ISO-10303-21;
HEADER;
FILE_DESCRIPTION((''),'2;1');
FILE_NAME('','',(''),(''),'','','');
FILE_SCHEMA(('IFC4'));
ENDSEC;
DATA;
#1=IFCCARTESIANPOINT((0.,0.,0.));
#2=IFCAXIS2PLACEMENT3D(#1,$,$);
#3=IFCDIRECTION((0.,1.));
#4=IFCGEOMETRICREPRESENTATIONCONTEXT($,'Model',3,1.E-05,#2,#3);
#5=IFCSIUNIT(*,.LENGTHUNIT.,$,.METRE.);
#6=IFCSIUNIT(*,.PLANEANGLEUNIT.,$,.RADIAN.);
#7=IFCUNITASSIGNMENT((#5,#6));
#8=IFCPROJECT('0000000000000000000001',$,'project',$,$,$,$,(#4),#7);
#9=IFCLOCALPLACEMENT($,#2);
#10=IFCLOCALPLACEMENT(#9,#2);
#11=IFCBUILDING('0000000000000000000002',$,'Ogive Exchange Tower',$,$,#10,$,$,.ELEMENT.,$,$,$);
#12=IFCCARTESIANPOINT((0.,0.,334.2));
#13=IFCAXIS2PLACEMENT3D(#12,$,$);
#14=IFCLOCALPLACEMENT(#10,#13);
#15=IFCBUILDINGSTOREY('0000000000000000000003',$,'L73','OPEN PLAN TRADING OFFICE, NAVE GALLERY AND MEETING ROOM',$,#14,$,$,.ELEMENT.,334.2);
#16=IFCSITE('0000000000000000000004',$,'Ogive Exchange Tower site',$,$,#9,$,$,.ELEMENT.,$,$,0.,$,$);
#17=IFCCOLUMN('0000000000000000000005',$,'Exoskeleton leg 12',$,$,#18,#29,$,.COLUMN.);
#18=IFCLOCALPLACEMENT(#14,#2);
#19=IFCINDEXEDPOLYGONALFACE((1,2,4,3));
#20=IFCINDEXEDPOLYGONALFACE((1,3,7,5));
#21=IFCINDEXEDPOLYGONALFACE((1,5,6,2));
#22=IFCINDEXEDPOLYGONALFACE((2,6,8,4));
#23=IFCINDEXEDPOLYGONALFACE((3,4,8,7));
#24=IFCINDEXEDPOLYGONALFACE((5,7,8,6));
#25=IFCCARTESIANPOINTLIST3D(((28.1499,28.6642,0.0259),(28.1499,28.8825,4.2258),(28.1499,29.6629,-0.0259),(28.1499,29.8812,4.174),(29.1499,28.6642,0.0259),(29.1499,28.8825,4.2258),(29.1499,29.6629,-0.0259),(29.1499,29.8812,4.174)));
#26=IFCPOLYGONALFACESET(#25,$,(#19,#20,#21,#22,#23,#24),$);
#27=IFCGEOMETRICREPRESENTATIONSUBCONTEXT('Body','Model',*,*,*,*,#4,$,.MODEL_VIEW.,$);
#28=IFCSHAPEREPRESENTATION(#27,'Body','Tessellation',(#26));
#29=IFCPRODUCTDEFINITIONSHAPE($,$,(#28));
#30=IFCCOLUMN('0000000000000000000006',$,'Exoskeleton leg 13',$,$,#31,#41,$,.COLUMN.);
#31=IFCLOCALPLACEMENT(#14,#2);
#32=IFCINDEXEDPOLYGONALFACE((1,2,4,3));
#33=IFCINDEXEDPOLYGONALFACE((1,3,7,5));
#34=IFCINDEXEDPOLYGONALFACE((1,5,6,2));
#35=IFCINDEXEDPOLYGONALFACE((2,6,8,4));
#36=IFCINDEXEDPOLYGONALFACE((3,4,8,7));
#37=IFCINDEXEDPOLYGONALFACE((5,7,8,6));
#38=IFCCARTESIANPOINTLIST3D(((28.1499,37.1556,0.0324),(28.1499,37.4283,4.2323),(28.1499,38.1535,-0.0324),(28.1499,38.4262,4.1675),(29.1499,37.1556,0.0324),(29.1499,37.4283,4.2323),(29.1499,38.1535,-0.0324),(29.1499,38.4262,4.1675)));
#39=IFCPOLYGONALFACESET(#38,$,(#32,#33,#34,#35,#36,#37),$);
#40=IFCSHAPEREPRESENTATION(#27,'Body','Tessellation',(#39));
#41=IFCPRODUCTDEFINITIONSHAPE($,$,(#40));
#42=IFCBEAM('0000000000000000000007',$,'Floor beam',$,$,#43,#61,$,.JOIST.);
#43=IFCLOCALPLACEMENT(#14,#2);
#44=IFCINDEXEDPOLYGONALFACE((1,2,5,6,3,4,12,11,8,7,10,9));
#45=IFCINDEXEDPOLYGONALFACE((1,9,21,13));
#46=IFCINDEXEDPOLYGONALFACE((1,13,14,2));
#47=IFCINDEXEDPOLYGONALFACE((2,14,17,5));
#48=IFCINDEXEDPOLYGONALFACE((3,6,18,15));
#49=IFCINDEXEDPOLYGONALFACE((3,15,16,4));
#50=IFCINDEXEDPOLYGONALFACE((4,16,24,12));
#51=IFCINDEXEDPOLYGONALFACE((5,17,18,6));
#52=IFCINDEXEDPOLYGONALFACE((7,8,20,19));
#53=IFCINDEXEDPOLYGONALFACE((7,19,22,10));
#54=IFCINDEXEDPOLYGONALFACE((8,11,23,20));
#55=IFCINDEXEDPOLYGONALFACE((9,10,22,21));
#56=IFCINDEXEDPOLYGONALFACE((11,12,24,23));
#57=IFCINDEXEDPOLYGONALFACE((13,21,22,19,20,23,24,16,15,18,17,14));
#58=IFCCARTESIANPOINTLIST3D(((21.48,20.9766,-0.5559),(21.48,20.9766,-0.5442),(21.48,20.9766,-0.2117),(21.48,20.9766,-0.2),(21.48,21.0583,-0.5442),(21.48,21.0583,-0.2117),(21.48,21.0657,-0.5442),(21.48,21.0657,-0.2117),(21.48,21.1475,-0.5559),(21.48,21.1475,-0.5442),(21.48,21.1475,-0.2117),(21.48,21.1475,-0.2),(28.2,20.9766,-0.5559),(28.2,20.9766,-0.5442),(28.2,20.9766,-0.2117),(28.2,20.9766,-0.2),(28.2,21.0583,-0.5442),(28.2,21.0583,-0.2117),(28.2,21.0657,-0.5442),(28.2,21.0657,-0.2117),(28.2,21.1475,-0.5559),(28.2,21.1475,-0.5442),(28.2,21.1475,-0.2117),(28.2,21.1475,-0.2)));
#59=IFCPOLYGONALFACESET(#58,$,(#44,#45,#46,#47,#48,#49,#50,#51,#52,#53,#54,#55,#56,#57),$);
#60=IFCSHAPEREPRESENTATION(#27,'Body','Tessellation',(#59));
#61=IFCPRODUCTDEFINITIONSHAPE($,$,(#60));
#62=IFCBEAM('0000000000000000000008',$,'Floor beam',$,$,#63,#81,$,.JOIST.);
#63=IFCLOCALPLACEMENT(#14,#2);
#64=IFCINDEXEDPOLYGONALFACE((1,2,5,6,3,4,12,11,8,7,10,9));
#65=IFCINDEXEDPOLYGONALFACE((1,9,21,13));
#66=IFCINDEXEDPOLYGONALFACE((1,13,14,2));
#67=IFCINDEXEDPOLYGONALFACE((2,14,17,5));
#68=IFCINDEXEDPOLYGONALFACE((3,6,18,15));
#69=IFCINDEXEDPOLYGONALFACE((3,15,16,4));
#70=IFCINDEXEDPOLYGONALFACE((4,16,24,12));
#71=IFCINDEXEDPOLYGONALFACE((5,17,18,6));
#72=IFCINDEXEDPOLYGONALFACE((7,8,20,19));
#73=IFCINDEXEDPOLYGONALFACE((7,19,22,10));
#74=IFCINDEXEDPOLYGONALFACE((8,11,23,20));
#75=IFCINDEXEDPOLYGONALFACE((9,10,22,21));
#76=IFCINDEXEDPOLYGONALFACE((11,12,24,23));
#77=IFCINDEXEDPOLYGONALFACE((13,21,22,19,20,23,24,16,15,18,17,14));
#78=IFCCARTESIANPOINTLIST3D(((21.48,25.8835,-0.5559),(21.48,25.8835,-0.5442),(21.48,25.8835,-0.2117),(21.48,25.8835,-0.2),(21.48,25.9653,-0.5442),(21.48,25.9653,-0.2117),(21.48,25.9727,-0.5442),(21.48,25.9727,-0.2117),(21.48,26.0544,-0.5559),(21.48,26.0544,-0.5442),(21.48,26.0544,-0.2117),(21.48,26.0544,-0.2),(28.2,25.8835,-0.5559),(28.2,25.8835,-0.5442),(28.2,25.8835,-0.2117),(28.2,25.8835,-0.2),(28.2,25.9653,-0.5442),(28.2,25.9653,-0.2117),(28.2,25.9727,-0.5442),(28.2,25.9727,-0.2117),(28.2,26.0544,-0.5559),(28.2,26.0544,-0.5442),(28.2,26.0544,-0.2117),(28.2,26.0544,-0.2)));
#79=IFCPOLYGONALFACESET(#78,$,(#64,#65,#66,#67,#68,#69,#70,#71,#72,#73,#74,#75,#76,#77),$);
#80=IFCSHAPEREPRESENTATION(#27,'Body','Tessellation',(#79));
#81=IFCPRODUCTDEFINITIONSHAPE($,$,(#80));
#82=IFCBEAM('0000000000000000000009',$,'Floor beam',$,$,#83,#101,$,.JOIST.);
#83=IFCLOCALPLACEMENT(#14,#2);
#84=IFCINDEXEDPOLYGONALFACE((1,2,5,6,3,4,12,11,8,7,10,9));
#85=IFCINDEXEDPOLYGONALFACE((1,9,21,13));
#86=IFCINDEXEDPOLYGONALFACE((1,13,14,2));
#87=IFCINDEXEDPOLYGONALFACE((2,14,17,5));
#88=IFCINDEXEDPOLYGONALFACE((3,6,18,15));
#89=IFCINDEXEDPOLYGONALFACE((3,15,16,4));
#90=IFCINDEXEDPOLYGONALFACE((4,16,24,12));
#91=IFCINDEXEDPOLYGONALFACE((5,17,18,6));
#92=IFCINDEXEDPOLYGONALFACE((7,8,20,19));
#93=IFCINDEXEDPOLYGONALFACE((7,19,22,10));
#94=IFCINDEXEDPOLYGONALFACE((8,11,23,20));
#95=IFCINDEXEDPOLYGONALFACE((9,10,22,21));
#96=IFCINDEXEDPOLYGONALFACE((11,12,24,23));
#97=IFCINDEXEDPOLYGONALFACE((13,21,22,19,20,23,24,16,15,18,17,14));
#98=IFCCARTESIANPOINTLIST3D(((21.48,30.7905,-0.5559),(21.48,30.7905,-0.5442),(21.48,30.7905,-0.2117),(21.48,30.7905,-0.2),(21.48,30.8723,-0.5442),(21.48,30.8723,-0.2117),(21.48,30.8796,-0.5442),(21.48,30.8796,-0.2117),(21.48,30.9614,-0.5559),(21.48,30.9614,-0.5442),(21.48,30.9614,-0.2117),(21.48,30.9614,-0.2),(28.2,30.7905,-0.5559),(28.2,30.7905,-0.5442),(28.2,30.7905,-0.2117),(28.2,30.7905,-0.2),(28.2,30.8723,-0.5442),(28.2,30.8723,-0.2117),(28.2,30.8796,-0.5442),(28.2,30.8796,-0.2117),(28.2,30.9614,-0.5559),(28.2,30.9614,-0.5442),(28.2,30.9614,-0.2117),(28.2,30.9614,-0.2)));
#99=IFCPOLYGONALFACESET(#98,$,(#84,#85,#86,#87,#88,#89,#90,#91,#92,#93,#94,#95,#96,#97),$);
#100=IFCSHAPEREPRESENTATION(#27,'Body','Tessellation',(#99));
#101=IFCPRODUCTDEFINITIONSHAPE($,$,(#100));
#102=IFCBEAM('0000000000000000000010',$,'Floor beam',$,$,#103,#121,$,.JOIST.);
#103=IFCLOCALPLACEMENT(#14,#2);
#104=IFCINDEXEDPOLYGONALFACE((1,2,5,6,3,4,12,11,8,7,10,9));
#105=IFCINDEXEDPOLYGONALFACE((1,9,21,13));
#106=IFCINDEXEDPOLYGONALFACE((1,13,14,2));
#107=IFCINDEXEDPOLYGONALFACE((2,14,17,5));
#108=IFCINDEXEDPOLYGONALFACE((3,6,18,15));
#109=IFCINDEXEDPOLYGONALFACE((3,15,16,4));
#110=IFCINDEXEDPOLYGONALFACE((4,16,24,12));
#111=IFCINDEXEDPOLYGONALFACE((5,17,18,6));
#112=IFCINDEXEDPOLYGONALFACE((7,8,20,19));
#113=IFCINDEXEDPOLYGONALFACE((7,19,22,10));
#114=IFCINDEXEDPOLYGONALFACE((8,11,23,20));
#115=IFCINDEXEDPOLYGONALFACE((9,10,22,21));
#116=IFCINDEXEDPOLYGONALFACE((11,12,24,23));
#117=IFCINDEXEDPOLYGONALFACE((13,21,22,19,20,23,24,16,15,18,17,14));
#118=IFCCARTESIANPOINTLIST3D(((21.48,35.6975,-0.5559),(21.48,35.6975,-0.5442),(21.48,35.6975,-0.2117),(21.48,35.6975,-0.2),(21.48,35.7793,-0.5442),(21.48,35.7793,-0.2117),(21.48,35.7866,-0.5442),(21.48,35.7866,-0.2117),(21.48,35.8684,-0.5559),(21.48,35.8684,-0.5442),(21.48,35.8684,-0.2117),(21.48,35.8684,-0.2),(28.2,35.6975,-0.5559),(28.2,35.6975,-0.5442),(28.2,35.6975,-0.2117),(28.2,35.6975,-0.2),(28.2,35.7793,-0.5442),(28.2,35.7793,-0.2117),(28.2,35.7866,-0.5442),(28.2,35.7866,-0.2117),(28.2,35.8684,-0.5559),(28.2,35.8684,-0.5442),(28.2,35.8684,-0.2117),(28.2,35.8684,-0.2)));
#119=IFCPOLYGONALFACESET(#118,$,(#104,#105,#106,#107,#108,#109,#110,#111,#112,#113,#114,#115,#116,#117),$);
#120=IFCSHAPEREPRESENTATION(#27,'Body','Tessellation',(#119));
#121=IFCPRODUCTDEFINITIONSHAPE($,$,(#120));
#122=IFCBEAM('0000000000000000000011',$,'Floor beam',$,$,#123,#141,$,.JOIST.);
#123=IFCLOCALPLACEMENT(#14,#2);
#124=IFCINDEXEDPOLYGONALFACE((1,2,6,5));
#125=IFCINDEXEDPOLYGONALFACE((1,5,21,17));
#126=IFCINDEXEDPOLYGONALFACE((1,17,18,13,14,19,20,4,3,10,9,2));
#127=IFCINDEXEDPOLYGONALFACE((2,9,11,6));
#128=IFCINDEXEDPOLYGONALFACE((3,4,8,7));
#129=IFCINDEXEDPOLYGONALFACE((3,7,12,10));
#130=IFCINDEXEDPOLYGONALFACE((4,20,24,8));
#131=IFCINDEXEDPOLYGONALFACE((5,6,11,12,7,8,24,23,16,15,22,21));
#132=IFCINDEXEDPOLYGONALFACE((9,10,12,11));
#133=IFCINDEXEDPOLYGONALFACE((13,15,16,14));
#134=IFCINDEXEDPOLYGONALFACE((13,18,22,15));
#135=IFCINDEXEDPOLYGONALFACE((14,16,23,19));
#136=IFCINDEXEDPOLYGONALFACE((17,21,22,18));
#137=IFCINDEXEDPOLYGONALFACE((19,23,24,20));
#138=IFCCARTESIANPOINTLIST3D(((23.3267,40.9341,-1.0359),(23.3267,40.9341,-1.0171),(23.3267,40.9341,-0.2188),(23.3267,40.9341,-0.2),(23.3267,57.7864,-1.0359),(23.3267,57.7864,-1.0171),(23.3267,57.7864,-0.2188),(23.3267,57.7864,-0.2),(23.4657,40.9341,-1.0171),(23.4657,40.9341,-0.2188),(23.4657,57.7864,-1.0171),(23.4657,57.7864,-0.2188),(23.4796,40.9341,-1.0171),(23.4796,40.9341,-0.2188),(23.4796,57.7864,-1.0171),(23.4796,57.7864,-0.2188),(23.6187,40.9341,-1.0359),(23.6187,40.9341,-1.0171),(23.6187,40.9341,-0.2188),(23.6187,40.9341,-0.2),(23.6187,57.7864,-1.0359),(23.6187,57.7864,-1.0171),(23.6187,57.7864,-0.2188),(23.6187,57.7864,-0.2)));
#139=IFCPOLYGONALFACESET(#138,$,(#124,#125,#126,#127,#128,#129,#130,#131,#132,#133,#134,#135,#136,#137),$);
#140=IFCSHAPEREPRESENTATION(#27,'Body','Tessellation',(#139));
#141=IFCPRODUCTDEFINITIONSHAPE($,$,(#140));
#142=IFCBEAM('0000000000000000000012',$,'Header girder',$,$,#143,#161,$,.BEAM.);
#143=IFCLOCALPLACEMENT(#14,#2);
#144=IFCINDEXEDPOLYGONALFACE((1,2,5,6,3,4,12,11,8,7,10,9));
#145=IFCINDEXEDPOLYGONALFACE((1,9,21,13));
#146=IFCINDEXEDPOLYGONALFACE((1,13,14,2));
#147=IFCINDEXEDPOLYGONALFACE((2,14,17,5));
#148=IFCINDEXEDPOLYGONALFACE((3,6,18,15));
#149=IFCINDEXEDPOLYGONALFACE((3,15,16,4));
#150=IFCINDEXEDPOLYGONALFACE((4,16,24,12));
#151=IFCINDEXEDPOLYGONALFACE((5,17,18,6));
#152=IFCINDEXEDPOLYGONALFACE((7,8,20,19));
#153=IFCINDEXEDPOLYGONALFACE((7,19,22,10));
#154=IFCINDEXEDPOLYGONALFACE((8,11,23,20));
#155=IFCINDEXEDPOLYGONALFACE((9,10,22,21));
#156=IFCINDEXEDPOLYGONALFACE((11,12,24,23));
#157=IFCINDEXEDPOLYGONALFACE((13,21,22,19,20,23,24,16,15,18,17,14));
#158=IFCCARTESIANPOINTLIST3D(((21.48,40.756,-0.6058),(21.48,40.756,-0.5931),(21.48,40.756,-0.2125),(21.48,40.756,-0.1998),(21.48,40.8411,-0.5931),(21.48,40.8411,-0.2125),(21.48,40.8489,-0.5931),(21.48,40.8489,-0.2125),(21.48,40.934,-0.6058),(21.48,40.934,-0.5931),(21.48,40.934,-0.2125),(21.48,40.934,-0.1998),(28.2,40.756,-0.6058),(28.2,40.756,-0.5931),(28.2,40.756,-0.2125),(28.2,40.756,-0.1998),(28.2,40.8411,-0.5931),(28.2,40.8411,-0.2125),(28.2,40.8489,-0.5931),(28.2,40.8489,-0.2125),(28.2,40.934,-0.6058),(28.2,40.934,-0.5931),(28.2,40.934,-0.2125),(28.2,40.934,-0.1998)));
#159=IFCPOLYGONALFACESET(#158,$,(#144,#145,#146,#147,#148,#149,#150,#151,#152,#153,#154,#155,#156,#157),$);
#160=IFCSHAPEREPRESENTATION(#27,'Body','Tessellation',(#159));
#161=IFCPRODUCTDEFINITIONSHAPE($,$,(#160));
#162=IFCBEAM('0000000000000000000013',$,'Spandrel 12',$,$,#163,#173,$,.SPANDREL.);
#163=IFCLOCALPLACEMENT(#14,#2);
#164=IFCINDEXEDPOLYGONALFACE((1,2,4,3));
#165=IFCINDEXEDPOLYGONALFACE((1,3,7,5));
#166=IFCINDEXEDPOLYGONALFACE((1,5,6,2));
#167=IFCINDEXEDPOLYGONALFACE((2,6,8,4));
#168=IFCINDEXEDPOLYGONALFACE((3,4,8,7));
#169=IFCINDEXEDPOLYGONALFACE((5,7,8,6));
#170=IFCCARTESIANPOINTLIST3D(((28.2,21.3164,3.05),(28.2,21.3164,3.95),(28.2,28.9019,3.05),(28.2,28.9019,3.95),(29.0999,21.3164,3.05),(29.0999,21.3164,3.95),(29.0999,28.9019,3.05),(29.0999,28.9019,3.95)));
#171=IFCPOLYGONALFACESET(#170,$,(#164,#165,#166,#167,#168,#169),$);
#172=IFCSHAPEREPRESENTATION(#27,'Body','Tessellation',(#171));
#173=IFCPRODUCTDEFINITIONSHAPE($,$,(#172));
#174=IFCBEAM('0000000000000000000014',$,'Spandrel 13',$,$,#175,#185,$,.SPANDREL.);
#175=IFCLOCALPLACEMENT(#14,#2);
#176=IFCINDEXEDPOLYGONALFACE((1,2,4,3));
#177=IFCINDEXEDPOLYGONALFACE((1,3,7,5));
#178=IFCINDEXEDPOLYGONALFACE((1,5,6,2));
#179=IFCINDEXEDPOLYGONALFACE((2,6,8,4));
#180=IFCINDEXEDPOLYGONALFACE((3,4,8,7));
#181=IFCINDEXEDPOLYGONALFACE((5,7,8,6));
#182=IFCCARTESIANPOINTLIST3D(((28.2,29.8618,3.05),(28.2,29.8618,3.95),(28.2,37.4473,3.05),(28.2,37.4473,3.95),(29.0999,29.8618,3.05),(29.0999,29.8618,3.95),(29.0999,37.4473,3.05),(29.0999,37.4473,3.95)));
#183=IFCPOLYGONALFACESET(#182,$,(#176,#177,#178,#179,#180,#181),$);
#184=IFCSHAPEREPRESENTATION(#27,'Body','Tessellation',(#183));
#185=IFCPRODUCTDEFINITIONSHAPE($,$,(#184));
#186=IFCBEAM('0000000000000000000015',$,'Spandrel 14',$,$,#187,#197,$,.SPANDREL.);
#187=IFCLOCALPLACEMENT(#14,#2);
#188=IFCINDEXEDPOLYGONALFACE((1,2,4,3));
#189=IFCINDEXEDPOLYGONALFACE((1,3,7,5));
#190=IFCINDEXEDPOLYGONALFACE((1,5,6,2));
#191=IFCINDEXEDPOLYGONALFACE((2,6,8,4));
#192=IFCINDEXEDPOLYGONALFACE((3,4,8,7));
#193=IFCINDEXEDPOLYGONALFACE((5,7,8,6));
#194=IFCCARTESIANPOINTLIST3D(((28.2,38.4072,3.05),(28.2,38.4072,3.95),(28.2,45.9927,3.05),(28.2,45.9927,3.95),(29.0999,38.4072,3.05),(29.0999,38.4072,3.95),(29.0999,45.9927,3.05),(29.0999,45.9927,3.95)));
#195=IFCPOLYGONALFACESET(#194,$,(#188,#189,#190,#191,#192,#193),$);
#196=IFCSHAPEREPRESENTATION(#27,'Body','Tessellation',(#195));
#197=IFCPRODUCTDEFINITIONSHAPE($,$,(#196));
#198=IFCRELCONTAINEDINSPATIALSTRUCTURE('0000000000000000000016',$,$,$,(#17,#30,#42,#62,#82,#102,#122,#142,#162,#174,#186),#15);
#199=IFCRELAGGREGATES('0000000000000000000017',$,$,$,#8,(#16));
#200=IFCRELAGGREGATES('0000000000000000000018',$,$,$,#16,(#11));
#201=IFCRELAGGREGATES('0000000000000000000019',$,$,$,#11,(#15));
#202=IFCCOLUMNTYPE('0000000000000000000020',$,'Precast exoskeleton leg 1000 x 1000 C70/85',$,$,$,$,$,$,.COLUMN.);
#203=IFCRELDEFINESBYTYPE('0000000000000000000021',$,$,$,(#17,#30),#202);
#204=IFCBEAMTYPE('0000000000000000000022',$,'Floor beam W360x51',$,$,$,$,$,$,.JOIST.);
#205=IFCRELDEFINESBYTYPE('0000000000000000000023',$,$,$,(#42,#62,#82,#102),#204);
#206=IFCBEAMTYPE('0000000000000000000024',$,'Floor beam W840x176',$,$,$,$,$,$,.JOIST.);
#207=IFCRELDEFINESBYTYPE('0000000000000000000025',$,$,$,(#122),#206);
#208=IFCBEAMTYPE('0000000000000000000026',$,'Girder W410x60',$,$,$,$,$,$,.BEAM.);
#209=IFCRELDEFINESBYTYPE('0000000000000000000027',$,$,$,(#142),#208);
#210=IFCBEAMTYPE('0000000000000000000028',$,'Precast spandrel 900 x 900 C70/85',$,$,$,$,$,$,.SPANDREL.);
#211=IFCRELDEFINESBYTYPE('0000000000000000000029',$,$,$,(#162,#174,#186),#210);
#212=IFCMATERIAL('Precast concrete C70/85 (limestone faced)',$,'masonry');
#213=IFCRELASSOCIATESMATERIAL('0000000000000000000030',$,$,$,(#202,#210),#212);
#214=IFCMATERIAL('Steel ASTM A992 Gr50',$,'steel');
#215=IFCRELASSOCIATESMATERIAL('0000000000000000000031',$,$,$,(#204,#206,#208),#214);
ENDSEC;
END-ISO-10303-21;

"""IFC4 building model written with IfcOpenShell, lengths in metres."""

from ifc_helpers import new_model, si_unit, direction, frame, origin, origin_2d, place, context, subcontext, project, spatial, rectangle, i_section, extrude, material, material_profile, profile_set, type_object, element, save


model = new_model("IFC4")

# Units and contexts
model_context = context("Model", 3, precision=1e-05, world=origin(), true_north=direction((0.0, 1.0)))
body_context = subcontext(model_context, "Body", "Model", "MODEL_VIEW")
ifc_project = project(units=[si_unit("LENGTHUNIT", "METRE"), si_unit("PLANEANGLEUNIT", "RADIAN")], contexts=[model_context])

# Site, building, storey
site_placement = place(None, origin())
site = spatial("IfcSite", under=ifc_project, at=site_placement, Name="Ogive Exchange Tower site", CompositionType="ELEMENT", RefElevation=0.0)
building_placement = place(site_placement, origin())
building = spatial("IfcBuilding", under=site, at=building_placement, Name="Ogive Exchange Tower", CompositionType="ELEMENT")
storey_placement = place(building_placement, frame((0.0, 0.0, 334.2)))
storey = spatial("IfcBuildingStorey", under=building, at=storey_placement, Name="L73", Description="OPEN PLAN TRADING OFFICE, NAVE GALLERY AND MEETING ROOM", CompositionType="ELEMENT", Elevation=334.2)

# Columns
ifc_material_1 = material(Name="Precast concrete C70/85 (limestone faced)", Category="masonry")
ifc_material_profile_1 = material_profile(ifc_material_1, rectangle(XDim=1.0, YDim=1.0, at=origin_2d()), Name="1000 x 1000")
ifc_profile_set_1 = profile_set([ifc_material_profile_1], Name="Precast concrete C70/85 (limestone faced)")
column_type = type_object("IfcColumnType", Name="Precast exoskeleton leg 1000 x 1000 C70/85", PredefinedType="COLUMN", material=ifc_profile_set_1)
column_1_placement = place(storey_placement, frame((28.6499, 29.1636, 0.0), z_axis=(0.0, 0.051898, 0.998652), x_axis=(-1.0, 0.0, 0.0)))
element("IfcColumn", 1, at=column_1_placement, inside=storey, type_object=column_type, Name="Exoskeleton leg 12", PredefinedType="COLUMN", context=body_context, shape_type="SweptSolid", body=[
    extrude(rectangle(XDim=1.0, YDim=1.0, at=origin_2d()), origin(), (0.0, 0.0, 1.0), 4.2056),
])
column_2_placement = place(storey_placement, frame((28.6499, 37.6545, 0.0), z_axis=(0.0, 0.064794, 0.997899), x_axis=(-1.0, 0.0, 0.0)))
element("IfcColumn", 2, at=column_2_placement, inside=storey, type_object=column_type, Name="Exoskeleton leg 13", PredefinedType="COLUMN", context=body_context, shape_type="SweptSolid", body=[
    extrude(rectangle(XDim=1.0, YDim=1.0, at=origin_2d()), origin(), (0.0, 0.0, 1.0), 4.2087),
])

# Beams
ifc_material_2 = material(Name="Steel ASTM A992 Gr50", Category="steel")
ifc_material_profile_2 = material_profile(ifc_material_2, i_section(OverallWidth=0.1709, OverallDepth=0.356, WebThickness=0.0073, FlangeThickness=0.0117, at=origin_2d()), Name="W360x51")
ifc_profile_set_2 = profile_set([ifc_material_profile_2], Name="Steel ASTM A992 Gr50")
beam_type_1 = type_object("IfcBeamType", Name="Floor beam W360x51", PredefinedType="JOIST", material=ifc_profile_set_2)
for number, where, z_axis, x_axis, name in (
    (3, (21.48, 21.062, -0.3779), (1.0, 0.0, 0.0), (0.0, 1.0, 0.0), "Floor beam"),
    (4, (21.48, 25.969, -0.3779), (1.0, 0.0, 0.0), (0.0, 1.0, 0.0), "Floor beam"),
    (5, (21.48, 30.876, -0.3779), (1.0, 0.0, 0.0), (0.0, 1.0, 0.0), "Floor beam"),
    (6, (21.48, 35.783, -0.3779), (1.0, 0.0, 0.0), (0.0, 1.0, 0.0), "Floor beam"),
):
    element("IfcBeam", number, at=place(storey_placement, frame(where, z_axis=z_axis, x_axis=x_axis)), inside=storey, type_object=beam_type_1, Name=name, PredefinedType="JOIST", context=body_context, shape_type="SweptSolid", body=[
        extrude(i_section(OverallWidth=0.1709, OverallDepth=0.356, WebThickness=0.0073, FlangeThickness=0.0117, at=origin_2d()), origin(), (0.0, 0.0, 1.0), 6.72),
    ])
ifc_material_profile_3 = material_profile(ifc_material_2, i_section(OverallWidth=0.292, OverallDepth=0.8359, WebThickness=0.0139, FlangeThickness=0.0188, at=origin_2d()), Name="W840x176")
ifc_profile_set_3 = profile_set([ifc_material_profile_3], Name="Steel ASTM A992 Gr50")
beam_type_2 = type_object("IfcBeamType", Name="Floor beam W840x176", PredefinedType="JOIST", material=ifc_profile_set_3)
beam_1_placement = place(storey_placement, frame((23.4727, 40.9341, -0.6179), z_axis=(0.0, 1.0, 0.0), x_axis=(-1.0, 0.0, 0.0)))
element("IfcBeam", 7, at=beam_1_placement, inside=storey, type_object=beam_type_2, Name="Floor beam", PredefinedType="JOIST", context=body_context, shape_type="SweptSolid", body=[
    extrude(i_section(OverallWidth=0.292, OverallDepth=0.8359, WebThickness=0.0139, FlangeThickness=0.0188, at=origin_2d()), origin(), (0.0, 0.0, 1.0), 16.8523),
])
ifc_material_profile_4 = material_profile(ifc_material_2, i_section(OverallWidth=0.178, OverallDepth=0.406, WebThickness=0.0078, FlangeThickness=0.0127, at=origin_2d()), Name="W410x60")
ifc_profile_set_4 = profile_set([ifc_material_profile_4], Name="Steel ASTM A992 Gr50")
beam_type_3 = type_object("IfcBeamType", Name="Girder W410x60", PredefinedType="BEAM", material=ifc_profile_set_4)
beam_2_placement = place(storey_placement, frame((21.48, 40.845, -0.4028), z_axis=(1.0, 0.0, 0.0), x_axis=(0.0, 1.0, 0.0)))
element("IfcBeam", 8, at=beam_2_placement, inside=storey, type_object=beam_type_3, Name="Header girder", PredefinedType="BEAM", context=body_context, shape_type="SweptSolid", body=[
    extrude(i_section(OverallWidth=0.178, OverallDepth=0.406, WebThickness=0.0078, FlangeThickness=0.0127, at=origin_2d()), origin(), (0.0, 0.0, 1.0), 6.72),
])
ifc_material_profile_5 = material_profile(ifc_material_1, rectangle(XDim=0.8999, YDim=0.8999, at=origin_2d()), Name="900 x 900")
ifc_profile_set_5 = profile_set([ifc_material_profile_5], Name="Precast concrete C70/85 (limestone faced)")
beam_type_4 = type_object("IfcBeamType", Name="Precast spandrel 900 x 900 C70/85", PredefinedType="SPANDREL", material=ifc_profile_set_5)
for number, where, z_axis, x_axis, name in (
    (9, (28.6499, 21.3164, 3.5), (0.0, 1.0, 0.0), (-1.0, 0.0, 0.0), "Spandrel 12"),
    (10, (28.6499, 29.8618, 3.5), (0.0, 1.0, 0.0), (-1.0, 0.0, 0.0), "Spandrel 13"),
    (11, (28.6499, 38.4072, 3.5), (0.0, 1.0, 0.0), (-1.0, 0.0, 0.0), "Spandrel 14"),
):
    element("IfcBeam", number, at=place(storey_placement, frame(where, z_axis=z_axis, x_axis=x_axis)), inside=storey, type_object=beam_type_4, Name=name, PredefinedType="SPANDREL", context=body_context, shape_type="SweptSolid", body=[
        extrude(rectangle(XDim=0.8999, YDim=0.8999, at=origin_2d()), origin(), (0.0, 0.0, 1.0), 7.5854),
    ])

save(model, "model.ifc")
